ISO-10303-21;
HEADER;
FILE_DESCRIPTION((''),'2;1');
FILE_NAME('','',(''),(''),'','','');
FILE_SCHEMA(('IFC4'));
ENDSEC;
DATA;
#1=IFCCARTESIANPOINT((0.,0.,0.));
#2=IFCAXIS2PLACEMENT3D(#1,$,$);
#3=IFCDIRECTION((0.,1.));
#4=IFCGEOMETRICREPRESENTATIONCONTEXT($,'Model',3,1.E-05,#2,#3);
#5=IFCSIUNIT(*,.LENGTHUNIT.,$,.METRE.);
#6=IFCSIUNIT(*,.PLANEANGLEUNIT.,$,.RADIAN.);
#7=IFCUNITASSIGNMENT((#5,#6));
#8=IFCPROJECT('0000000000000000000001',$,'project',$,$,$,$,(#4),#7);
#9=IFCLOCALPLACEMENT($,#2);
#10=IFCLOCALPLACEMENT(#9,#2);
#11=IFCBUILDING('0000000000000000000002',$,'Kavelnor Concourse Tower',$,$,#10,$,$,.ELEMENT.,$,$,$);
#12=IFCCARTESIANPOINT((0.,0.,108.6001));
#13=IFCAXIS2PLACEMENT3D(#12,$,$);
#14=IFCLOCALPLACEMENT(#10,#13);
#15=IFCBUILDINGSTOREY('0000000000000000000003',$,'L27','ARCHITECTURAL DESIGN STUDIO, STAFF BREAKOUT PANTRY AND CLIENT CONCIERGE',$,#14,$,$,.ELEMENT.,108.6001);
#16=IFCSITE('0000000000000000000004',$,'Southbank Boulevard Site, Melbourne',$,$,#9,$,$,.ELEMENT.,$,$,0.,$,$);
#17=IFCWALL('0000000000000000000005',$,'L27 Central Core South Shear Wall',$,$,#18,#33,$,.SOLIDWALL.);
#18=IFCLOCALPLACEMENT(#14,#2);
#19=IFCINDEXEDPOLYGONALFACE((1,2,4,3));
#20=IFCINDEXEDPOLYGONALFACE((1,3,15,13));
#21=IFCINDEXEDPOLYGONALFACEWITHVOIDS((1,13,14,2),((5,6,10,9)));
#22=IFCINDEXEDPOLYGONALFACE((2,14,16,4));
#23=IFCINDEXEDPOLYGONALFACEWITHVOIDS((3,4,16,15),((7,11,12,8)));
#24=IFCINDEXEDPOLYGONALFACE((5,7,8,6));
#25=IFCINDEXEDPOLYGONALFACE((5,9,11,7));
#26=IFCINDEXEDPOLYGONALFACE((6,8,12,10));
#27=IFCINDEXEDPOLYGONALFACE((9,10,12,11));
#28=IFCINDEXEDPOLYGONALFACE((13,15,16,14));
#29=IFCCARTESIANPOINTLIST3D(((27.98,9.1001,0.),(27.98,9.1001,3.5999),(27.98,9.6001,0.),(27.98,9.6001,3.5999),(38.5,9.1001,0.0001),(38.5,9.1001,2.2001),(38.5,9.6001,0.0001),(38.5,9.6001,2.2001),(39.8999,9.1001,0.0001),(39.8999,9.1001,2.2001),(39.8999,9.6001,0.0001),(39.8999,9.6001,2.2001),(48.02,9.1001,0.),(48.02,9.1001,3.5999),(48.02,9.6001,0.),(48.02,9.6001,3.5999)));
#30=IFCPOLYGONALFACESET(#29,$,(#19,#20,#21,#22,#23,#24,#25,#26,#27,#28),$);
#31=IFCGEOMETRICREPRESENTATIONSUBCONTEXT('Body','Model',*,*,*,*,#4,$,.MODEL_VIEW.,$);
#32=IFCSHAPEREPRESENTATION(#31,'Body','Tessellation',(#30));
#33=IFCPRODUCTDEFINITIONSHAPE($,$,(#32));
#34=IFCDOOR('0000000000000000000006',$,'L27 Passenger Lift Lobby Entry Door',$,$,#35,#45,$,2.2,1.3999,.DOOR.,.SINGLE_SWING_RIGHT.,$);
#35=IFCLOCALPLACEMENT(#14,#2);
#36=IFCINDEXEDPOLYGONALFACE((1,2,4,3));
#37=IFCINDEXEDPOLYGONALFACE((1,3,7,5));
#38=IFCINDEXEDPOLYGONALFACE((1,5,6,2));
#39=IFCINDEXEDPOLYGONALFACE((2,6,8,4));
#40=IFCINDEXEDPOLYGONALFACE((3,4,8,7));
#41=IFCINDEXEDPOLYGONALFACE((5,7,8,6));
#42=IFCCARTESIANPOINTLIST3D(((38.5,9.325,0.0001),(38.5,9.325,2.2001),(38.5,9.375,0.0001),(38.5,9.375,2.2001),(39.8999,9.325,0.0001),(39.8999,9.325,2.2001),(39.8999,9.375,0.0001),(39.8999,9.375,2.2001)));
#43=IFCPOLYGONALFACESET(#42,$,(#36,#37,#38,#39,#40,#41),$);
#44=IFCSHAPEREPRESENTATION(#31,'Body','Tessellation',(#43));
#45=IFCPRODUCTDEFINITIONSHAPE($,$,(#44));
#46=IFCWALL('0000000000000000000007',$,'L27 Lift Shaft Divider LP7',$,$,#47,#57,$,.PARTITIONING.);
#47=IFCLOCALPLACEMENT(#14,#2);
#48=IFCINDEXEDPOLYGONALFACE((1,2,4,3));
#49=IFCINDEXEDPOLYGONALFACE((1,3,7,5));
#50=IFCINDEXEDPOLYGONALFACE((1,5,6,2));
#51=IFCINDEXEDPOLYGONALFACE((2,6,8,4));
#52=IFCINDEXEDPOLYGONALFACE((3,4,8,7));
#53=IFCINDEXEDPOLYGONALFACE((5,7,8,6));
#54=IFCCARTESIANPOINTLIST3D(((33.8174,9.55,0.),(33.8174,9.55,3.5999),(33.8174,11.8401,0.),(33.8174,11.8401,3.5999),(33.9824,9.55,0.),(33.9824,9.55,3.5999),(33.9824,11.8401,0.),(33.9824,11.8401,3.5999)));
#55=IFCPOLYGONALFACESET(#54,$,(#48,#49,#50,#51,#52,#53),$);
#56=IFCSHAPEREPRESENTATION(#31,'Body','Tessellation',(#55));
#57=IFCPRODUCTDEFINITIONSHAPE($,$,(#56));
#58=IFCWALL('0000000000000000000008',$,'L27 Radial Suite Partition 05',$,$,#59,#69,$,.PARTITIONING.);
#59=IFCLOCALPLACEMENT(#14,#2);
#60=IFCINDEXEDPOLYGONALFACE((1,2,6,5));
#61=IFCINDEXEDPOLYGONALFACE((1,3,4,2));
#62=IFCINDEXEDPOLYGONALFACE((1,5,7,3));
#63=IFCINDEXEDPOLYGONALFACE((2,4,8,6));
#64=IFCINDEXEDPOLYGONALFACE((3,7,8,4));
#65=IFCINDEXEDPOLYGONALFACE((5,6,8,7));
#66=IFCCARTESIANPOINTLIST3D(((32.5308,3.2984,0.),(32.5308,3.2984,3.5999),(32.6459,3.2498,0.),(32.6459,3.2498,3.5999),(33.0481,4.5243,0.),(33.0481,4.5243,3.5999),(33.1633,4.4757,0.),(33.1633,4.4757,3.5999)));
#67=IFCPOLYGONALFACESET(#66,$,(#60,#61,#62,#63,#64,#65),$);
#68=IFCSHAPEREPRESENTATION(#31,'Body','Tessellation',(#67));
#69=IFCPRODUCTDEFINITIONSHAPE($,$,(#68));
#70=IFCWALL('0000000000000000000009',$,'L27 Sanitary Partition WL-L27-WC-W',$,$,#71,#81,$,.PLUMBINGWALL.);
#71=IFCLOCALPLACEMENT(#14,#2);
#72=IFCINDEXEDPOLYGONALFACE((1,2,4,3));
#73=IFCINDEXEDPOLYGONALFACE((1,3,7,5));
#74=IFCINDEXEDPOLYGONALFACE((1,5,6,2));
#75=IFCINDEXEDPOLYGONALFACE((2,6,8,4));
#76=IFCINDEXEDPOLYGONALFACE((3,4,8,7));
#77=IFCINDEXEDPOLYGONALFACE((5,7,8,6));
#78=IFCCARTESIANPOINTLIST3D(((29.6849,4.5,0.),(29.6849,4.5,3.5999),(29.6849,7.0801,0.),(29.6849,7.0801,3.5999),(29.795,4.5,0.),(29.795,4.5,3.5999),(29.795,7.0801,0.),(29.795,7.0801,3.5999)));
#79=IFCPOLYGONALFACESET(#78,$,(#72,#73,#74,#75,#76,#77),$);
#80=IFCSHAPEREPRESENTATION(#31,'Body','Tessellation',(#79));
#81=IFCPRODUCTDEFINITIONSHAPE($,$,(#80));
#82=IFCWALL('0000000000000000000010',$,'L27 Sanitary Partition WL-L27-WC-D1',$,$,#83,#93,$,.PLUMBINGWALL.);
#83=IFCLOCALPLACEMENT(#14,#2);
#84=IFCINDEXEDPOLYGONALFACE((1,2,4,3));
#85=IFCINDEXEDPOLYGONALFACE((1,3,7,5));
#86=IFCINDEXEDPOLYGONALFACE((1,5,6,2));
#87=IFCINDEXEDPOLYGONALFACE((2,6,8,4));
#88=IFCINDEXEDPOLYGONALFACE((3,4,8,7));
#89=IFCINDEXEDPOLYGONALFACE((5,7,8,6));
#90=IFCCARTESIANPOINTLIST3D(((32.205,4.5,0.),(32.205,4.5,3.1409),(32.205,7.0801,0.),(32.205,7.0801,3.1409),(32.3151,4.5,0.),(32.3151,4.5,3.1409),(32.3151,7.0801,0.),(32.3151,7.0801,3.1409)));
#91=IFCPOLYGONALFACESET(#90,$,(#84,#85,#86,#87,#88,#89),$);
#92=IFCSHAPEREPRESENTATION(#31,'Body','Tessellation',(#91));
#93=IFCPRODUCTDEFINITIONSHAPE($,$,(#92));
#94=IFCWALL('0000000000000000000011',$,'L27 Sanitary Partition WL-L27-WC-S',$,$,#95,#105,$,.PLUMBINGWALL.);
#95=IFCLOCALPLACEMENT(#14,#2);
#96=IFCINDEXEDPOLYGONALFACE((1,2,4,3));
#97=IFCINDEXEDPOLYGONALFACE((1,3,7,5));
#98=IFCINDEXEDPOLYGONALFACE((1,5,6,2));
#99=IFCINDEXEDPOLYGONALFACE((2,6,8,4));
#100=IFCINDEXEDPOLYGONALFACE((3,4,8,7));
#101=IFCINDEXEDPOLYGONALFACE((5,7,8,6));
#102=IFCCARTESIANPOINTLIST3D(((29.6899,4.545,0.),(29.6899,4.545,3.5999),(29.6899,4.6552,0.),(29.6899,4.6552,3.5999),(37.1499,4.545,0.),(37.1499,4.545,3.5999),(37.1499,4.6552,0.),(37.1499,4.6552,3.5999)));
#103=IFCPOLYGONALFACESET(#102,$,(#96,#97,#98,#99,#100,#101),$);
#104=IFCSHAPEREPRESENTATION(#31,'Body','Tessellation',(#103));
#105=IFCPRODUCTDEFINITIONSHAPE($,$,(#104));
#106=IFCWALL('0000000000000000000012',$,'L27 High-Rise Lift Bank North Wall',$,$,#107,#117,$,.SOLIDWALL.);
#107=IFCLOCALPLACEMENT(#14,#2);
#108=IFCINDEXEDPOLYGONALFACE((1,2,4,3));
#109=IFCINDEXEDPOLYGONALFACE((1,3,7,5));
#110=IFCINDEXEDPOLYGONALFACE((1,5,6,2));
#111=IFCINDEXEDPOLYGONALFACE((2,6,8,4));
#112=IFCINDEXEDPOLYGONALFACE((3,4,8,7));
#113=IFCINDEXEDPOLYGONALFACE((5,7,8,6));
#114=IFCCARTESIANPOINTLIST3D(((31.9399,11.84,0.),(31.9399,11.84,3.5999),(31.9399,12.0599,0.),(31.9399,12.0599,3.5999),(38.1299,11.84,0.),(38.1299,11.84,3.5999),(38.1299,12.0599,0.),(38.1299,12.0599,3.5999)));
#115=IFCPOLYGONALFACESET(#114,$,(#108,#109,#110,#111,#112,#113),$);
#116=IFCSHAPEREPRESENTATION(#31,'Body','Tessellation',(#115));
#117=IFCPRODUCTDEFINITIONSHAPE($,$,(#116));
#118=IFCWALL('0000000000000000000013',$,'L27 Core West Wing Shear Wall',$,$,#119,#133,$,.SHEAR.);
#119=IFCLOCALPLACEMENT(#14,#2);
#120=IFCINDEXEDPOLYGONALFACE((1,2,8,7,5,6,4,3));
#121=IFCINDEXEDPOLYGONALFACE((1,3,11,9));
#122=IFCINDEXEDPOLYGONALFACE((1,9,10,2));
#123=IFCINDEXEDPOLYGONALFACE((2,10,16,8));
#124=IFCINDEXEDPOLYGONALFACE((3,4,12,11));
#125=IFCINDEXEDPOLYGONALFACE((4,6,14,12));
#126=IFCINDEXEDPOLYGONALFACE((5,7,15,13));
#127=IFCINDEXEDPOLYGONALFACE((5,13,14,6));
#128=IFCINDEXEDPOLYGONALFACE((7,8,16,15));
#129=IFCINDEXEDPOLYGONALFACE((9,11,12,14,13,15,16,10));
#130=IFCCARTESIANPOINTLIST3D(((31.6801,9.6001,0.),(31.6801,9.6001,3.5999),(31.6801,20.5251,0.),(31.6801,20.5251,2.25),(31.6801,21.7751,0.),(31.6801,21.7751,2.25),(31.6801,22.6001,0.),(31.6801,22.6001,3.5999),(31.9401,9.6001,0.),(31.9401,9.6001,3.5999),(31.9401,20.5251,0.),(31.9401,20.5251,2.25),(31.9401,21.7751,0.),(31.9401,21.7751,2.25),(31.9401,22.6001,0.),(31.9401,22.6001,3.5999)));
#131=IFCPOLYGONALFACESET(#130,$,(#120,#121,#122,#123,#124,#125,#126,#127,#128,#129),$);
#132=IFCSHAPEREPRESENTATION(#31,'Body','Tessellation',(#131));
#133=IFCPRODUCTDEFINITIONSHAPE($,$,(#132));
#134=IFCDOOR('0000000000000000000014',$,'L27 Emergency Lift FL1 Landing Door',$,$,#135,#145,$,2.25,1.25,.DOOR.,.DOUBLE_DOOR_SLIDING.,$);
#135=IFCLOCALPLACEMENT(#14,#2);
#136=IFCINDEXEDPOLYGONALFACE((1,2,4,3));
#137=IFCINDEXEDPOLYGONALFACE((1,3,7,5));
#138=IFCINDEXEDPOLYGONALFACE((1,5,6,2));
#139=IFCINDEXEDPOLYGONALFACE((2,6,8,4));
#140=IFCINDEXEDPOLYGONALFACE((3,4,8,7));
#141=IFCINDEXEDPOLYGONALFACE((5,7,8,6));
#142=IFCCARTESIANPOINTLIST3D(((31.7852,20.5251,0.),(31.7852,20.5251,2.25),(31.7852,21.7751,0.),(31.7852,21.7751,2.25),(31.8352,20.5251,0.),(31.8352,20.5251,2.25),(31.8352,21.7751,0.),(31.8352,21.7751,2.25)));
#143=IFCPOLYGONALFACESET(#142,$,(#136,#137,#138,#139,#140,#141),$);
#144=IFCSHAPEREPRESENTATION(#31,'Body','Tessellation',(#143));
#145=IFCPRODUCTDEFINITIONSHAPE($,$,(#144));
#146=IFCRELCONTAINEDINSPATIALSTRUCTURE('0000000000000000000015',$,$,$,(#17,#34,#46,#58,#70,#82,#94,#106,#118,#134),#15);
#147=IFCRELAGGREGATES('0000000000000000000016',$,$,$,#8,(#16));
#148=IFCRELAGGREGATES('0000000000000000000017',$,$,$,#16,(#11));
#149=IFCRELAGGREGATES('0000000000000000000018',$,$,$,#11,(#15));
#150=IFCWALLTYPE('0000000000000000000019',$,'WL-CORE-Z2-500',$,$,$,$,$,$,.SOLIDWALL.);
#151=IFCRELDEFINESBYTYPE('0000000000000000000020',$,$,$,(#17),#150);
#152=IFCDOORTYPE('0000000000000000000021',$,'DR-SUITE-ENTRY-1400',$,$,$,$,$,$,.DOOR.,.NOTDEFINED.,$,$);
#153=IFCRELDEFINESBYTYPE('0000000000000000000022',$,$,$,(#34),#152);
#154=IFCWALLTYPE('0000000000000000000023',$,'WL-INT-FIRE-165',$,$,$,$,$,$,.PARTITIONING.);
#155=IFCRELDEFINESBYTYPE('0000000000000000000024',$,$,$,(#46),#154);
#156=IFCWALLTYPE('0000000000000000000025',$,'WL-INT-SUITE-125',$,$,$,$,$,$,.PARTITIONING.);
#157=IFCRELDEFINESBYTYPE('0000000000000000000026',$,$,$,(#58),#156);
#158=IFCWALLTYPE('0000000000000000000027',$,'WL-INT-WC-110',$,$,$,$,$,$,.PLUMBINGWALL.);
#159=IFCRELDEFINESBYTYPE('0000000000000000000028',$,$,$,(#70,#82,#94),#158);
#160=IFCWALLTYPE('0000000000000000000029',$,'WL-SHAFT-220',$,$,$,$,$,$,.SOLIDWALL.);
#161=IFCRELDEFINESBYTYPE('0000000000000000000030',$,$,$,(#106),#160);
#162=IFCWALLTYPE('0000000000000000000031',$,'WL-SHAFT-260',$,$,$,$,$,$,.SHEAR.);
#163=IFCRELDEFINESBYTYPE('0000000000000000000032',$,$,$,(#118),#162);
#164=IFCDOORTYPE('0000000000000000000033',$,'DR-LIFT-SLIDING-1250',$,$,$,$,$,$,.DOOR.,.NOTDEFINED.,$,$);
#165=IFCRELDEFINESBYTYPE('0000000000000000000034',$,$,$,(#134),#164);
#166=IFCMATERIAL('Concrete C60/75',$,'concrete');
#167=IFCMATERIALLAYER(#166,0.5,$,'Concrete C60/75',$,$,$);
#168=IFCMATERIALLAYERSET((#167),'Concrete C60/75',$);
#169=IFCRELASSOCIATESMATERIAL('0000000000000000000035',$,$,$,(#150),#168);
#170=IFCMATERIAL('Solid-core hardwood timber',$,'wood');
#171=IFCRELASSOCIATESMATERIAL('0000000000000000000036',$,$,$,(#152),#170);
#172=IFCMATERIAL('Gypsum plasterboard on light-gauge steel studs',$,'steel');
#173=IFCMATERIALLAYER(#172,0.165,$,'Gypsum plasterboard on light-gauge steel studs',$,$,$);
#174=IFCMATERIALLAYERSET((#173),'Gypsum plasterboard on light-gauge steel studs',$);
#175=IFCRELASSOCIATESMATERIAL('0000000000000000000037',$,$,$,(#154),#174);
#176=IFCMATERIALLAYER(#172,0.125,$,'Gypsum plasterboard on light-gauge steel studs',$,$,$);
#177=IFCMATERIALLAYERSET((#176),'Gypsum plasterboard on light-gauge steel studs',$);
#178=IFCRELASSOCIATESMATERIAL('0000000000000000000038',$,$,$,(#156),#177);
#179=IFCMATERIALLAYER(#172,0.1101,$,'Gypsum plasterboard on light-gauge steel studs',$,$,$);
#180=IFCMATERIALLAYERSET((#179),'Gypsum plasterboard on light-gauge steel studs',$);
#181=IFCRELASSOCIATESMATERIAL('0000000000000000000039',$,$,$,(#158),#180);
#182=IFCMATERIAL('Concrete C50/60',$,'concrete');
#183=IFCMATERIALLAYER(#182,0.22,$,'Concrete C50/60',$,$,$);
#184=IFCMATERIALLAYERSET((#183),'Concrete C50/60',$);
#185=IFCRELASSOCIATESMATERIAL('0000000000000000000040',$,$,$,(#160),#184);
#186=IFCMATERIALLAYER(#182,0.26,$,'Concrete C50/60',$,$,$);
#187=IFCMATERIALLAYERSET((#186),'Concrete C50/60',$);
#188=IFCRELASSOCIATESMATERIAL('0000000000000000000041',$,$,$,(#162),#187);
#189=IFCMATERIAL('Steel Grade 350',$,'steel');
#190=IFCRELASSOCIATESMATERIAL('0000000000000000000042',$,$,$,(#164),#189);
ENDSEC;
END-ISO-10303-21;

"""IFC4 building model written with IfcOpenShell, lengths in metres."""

from ifc_helpers import new_model, si_unit, direction, frame, frame_2d, origin, place, context, subcontext, project, spatial, rectangle, extrude, material, layer, layer_set, type_object, element, fill, save


model = new_model("IFC4")

# Units and contexts
model_context = context("Model", 3, precision=1e-05, world=origin(), true_north=direction((0.0, 1.0)))
body_context = subcontext(model_context, "Body", "Model", "MODEL_VIEW")
ifc_project = project(units=[si_unit("LENGTHUNIT", "METRE"), si_unit("PLANEANGLEUNIT", "RADIAN")], contexts=[model_context])

# Site, building, storey
site_placement = place(None, origin())
site = spatial("IfcSite", under=ifc_project, at=site_placement, Name="Southbank Boulevard Site, Melbourne", CompositionType="ELEMENT", RefElevation=0.0)
building_placement = place(site_placement, origin())
building = spatial("IfcBuilding", under=site, at=building_placement, Name="Kavelnor Concourse Tower", CompositionType="ELEMENT")
storey_placement = place(building_placement, frame((0.0, 0.0, 108.6001)))
storey = spatial("IfcBuildingStorey", under=building, at=storey_placement, Name="L27", Description="ARCHITECTURAL DESIGN STUDIO, STAFF BREAKOUT PANTRY AND CLIENT CONCIERGE", CompositionType="ELEMENT", Elevation=108.6001)

# Shared definitions
ifc_material_1 = material(Name="Steel Grade 350", Category="steel")

# Wall, opening, door
ifc_material_2 = material(Name="Concrete C60/75", Category="concrete")
ifc_layer_1 = layer(ifc_material_2, 0.5, Name="Concrete C60/75")
ifc_layer_set_1 = layer_set([ifc_layer_1], Name="Concrete C60/75")
wall_type_1 = type_object("IfcWallType", Name="WL-CORE-Z2-500", PredefinedType="SOLIDWALL", material=ifc_layer_set_1)
wall_1_placement = place(storey_placement, frame((27.98, 9.3501, 0.0), z_axis=(0.0, 0.0, 1.0), x_axis=(1.0, 0.0, 0.0)))
wall_1 = element("IfcWall", 1, at=wall_1_placement, inside=storey, type_object=wall_type_1, Name="L27 Central Core South Shear Wall", PredefinedType="SOLIDWALL", context=body_context, shape_type="SweptSolid", body=[
    extrude(rectangle(XDim=20.04, YDim=0.5, at=frame_2d((10.02, 0.0))), origin(), (0.0, 0.0, 1.0), 3.5999),
])
opening_1_placement = place(wall_1_placement, frame((10.52, 0.0, 0.0)))
opening_1 = element("IfcOpeningElement", 2, at=opening_1_placement, cuts=wall_1, PredefinedType="OPENING", context=body_context, shape_type="SweptSolid", body=[
    extrude(rectangle(XDim=1.3999, YDim=2.2, at=frame_2d((0.7, 1.1001))), frame((0.0, 0.26, 0.0), z_axis=(0.0, -1.0, 0.0), x_axis=(1.0, 0.0, 0.0)), (0.0, 0.0, 1.0), 0.52),
])
ifc_material_3 = material(Name="Solid-core hardwood timber", Category="wood")
door_type_1 = type_object("IfcDoorType", Name="DR-SUITE-ENTRY-1400", OperationType="NOTDEFINED", PredefinedType="DOOR", material=ifc_material_3)
door_1_placement = place(opening_1_placement, origin())
door_1 = element("IfcDoor", 3, at=door_1_placement, inside=storey, type_object=door_type_1, Name="L27 Passenger Lift Lobby Entry Door", OperationType="SINGLE_SWING_RIGHT", OverallHeight=2.2, OverallWidth=1.3999, PredefinedType="DOOR", context=body_context, shape_type="SweptSolid", body=[
    extrude(rectangle(XDim=1.3999, YDim=2.2, at=frame_2d((0.7, 1.1001))), frame((0.0, 0.0249, 0.0), z_axis=(0.0, -1.0, 0.0), x_axis=(1.0, 0.0, 0.0)), (0.0, 0.0, 1.0), 0.05),
])
fill(opening_1, door_1)

# Walls
ifc_material_4 = material(Name="Gypsum plasterboard on light-gauge steel studs", Category="steel")
ifc_layer_2 = layer(ifc_material_4, 0.165, Name="Gypsum plasterboard on light-gauge steel studs")
ifc_layer_set_2 = layer_set([ifc_layer_2], Name="Gypsum plasterboard on light-gauge steel studs")
wall_type_2 = type_object("IfcWallType", Name="WL-INT-FIRE-165", PredefinedType="PARTITIONING", material=ifc_layer_set_2)
wall_2_placement = place(storey_placement, frame((33.8999, 9.55, 0.0), z_axis=(0.0, 0.0, 1.0), x_axis=(0.0, 1.0, 0.0)))
element("IfcWall", 4, at=wall_2_placement, inside=storey, type_object=wall_type_2, Name="L27 Lift Shaft Divider LP7", PredefinedType="PARTITIONING", context=body_context, shape_type="SweptSolid", body=[
    extrude(rectangle(XDim=2.29, YDim=0.165, at=frame_2d((1.145, 0.0))), origin(), (0.0, 0.0, 1.0), 3.5999),
])
ifc_layer_3 = layer(ifc_material_4, 0.125, Name="Gypsum plasterboard on light-gauge steel studs")
ifc_layer_set_3 = layer_set([ifc_layer_3], Name="Gypsum plasterboard on light-gauge steel studs")
wall_type_3 = type_object("IfcWallType", Name="WL-INT-SUITE-125", PredefinedType="PARTITIONING", material=ifc_layer_set_3)
wall_3_placement = place(storey_placement, frame((33.1057, 4.5, 0.0), z_axis=(0.0, 0.0, 1.0), x_axis=(-0.38882, -0.921314, 0.0)))
element("IfcWall", 5, at=wall_3_placement, inside=storey, type_object=wall_type_3, Name="L27 Radial Suite Partition 05", PredefinedType="PARTITIONING", context=body_context, shape_type="SweptSolid", body=[
    extrude(rectangle(XDim=1.3306, YDim=0.125, at=frame_2d((0.6653, 0.0))), origin(), (0.0, 0.0, 1.0), 3.5999),
])
ifc_layer_4 = layer(ifc_material_4, 0.1101, Name="Gypsum plasterboard on light-gauge steel studs")
ifc_layer_set_4 = layer_set([ifc_layer_4], Name="Gypsum plasterboard on light-gauge steel studs")
wall_type_4 = type_object("IfcWallType", Name="WL-INT-WC-110", PredefinedType="PLUMBINGWALL", material=ifc_layer_set_4)
wall_4_placement = place(storey_placement, frame((29.74, 4.5, 0.0), z_axis=(0.0, 0.0, 1.0), x_axis=(0.0, 1.0, 0.0)))
element("IfcWall", 6, at=wall_4_placement, inside=storey, type_object=wall_type_4, Name="L27 Sanitary Partition WL-L27-WC-W", PredefinedType="PLUMBINGWALL", context=body_context, shape_type="SweptSolid", body=[
    extrude(rectangle(XDim=2.5801, YDim=0.1101, at=frame_2d((1.29, 0.0))), origin(), (0.0, 0.0, 1.0), 3.5999),
])
wall_5_placement = place(storey_placement, frame((32.26, 4.5, 0.0), z_axis=(0.0, 0.0, 1.0), x_axis=(0.0, 1.0, 0.0)))
element("IfcWall", 7, at=wall_5_placement, inside=storey, type_object=wall_type_4, Name="L27 Sanitary Partition WL-L27-WC-D1", PredefinedType="PLUMBINGWALL", context=body_context, shape_type="SweptSolid", body=[
    extrude(rectangle(XDim=2.5801, YDim=0.1101, at=frame_2d((1.29, 0.0))), origin(), (0.0, 0.0, 1.0), 3.1409),
])
wall_6_placement = place(storey_placement, frame((29.6899, 4.6001, 0.0), z_axis=(0.0, 0.0, 1.0), x_axis=(1.0, 0.0, 0.0)))
element("IfcWall", 8, at=wall_6_placement, inside=storey, type_object=wall_type_4, Name="L27 Sanitary Partition WL-L27-WC-S", PredefinedType="PLUMBINGWALL", context=body_context, shape_type="SweptSolid", body=[
    extrude(rectangle(XDim=7.46, YDim=0.1101, at=frame_2d((3.73, 0.0))), origin(), (0.0, 0.0, 1.0), 3.5999),
])
ifc_material_5 = material(Name="Concrete C50/60", Category="concrete")
ifc_layer_5 = layer(ifc_material_5, 0.22, Name="Concrete C50/60")
ifc_layer_set_5 = layer_set([ifc_layer_5], Name="Concrete C50/60")
wall_type_5 = type_object("IfcWallType", Name="WL-SHAFT-220", PredefinedType="SOLIDWALL", material=ifc_layer_set_5)
wall_7_placement = place(storey_placement, frame((31.9399, 11.95, 0.0), z_axis=(0.0, 0.0, 1.0), x_axis=(1.0, 0.0, 0.0)))
element("IfcWall", 9, at=wall_7_placement, inside=storey, type_object=wall_type_5, Name="L27 High-Rise Lift Bank North Wall", PredefinedType="SOLIDWALL", context=body_context, shape_type="SweptSolid", body=[
    extrude(rectangle(XDim=6.1899, YDim=0.22, at=frame_2d((3.095, 0.0))), origin(), (0.0, 0.0, 1.0), 3.5999),
])

# Wall, opening, door
ifc_layer_6 = layer(ifc_material_5, 0.26, Name="Concrete C50/60")
ifc_layer_set_6 = layer_set([ifc_layer_6], Name="Concrete C50/60")
wall_type_6 = type_object("IfcWallType", Name="WL-SHAFT-260", PredefinedType="SHEAR", material=ifc_layer_set_6)
wall_8_placement = place(storey_placement, frame((31.8101, 9.6001, 0.0), z_axis=(0.0, 0.0, 1.0), x_axis=(0.0, 1.0, 0.0)))
wall_8 = element("IfcWall", 10, at=wall_8_placement, inside=storey, type_object=wall_type_6, Name="L27 Core West Wing Shear Wall", PredefinedType="SHEAR", context=body_context, shape_type="SweptSolid", body=[
    extrude(rectangle(XDim=13.0, YDim=0.26, at=frame_2d((6.5, 0.0))), origin(), (0.0, 0.0, 1.0), 3.5999),
])
opening_2_placement = place(wall_8_placement, frame((10.925, 0.0, 0.0)))
opening_2 = element("IfcOpeningElement", 11, at=opening_2_placement, cuts=wall_8, PredefinedType="OPENING", context=body_context, shape_type="SweptSolid", body=[
    extrude(rectangle(XDim=1.25, YDim=2.25, at=frame_2d((0.625, 1.125))), frame((0.0, 0.1401, 0.0), z_axis=(0.0, -1.0, 0.0), x_axis=(1.0, 0.0, 0.0)), (0.0, 0.0, 1.0), 0.28),
])
door_type_2 = type_object("IfcDoorType", Name="DR-LIFT-SLIDING-1250", OperationType="NOTDEFINED", PredefinedType="DOOR", material=ifc_material_1)
door_2_placement = place(opening_2_placement, origin())
door_2 = element("IfcDoor", 12, at=door_2_placement, inside=storey, type_object=door_type_2, Name="L27 Emergency Lift FL1 Landing Door", OperationType="DOUBLE_DOOR_SLIDING", OverallHeight=2.25, OverallWidth=1.25, PredefinedType="DOOR", context=body_context, shape_type="SweptSolid", body=[
    extrude(rectangle(XDim=1.25, YDim=2.25, at=frame_2d((0.625, 1.125))), frame((0.0, 0.0249, 0.0), z_axis=(0.0, -1.0, 0.0), x_axis=(1.0, 0.0, 0.0)), (0.0, 0.0, 1.0), 0.05),
])
fill(opening_2, door_2)

save(model, "model.ifc")
